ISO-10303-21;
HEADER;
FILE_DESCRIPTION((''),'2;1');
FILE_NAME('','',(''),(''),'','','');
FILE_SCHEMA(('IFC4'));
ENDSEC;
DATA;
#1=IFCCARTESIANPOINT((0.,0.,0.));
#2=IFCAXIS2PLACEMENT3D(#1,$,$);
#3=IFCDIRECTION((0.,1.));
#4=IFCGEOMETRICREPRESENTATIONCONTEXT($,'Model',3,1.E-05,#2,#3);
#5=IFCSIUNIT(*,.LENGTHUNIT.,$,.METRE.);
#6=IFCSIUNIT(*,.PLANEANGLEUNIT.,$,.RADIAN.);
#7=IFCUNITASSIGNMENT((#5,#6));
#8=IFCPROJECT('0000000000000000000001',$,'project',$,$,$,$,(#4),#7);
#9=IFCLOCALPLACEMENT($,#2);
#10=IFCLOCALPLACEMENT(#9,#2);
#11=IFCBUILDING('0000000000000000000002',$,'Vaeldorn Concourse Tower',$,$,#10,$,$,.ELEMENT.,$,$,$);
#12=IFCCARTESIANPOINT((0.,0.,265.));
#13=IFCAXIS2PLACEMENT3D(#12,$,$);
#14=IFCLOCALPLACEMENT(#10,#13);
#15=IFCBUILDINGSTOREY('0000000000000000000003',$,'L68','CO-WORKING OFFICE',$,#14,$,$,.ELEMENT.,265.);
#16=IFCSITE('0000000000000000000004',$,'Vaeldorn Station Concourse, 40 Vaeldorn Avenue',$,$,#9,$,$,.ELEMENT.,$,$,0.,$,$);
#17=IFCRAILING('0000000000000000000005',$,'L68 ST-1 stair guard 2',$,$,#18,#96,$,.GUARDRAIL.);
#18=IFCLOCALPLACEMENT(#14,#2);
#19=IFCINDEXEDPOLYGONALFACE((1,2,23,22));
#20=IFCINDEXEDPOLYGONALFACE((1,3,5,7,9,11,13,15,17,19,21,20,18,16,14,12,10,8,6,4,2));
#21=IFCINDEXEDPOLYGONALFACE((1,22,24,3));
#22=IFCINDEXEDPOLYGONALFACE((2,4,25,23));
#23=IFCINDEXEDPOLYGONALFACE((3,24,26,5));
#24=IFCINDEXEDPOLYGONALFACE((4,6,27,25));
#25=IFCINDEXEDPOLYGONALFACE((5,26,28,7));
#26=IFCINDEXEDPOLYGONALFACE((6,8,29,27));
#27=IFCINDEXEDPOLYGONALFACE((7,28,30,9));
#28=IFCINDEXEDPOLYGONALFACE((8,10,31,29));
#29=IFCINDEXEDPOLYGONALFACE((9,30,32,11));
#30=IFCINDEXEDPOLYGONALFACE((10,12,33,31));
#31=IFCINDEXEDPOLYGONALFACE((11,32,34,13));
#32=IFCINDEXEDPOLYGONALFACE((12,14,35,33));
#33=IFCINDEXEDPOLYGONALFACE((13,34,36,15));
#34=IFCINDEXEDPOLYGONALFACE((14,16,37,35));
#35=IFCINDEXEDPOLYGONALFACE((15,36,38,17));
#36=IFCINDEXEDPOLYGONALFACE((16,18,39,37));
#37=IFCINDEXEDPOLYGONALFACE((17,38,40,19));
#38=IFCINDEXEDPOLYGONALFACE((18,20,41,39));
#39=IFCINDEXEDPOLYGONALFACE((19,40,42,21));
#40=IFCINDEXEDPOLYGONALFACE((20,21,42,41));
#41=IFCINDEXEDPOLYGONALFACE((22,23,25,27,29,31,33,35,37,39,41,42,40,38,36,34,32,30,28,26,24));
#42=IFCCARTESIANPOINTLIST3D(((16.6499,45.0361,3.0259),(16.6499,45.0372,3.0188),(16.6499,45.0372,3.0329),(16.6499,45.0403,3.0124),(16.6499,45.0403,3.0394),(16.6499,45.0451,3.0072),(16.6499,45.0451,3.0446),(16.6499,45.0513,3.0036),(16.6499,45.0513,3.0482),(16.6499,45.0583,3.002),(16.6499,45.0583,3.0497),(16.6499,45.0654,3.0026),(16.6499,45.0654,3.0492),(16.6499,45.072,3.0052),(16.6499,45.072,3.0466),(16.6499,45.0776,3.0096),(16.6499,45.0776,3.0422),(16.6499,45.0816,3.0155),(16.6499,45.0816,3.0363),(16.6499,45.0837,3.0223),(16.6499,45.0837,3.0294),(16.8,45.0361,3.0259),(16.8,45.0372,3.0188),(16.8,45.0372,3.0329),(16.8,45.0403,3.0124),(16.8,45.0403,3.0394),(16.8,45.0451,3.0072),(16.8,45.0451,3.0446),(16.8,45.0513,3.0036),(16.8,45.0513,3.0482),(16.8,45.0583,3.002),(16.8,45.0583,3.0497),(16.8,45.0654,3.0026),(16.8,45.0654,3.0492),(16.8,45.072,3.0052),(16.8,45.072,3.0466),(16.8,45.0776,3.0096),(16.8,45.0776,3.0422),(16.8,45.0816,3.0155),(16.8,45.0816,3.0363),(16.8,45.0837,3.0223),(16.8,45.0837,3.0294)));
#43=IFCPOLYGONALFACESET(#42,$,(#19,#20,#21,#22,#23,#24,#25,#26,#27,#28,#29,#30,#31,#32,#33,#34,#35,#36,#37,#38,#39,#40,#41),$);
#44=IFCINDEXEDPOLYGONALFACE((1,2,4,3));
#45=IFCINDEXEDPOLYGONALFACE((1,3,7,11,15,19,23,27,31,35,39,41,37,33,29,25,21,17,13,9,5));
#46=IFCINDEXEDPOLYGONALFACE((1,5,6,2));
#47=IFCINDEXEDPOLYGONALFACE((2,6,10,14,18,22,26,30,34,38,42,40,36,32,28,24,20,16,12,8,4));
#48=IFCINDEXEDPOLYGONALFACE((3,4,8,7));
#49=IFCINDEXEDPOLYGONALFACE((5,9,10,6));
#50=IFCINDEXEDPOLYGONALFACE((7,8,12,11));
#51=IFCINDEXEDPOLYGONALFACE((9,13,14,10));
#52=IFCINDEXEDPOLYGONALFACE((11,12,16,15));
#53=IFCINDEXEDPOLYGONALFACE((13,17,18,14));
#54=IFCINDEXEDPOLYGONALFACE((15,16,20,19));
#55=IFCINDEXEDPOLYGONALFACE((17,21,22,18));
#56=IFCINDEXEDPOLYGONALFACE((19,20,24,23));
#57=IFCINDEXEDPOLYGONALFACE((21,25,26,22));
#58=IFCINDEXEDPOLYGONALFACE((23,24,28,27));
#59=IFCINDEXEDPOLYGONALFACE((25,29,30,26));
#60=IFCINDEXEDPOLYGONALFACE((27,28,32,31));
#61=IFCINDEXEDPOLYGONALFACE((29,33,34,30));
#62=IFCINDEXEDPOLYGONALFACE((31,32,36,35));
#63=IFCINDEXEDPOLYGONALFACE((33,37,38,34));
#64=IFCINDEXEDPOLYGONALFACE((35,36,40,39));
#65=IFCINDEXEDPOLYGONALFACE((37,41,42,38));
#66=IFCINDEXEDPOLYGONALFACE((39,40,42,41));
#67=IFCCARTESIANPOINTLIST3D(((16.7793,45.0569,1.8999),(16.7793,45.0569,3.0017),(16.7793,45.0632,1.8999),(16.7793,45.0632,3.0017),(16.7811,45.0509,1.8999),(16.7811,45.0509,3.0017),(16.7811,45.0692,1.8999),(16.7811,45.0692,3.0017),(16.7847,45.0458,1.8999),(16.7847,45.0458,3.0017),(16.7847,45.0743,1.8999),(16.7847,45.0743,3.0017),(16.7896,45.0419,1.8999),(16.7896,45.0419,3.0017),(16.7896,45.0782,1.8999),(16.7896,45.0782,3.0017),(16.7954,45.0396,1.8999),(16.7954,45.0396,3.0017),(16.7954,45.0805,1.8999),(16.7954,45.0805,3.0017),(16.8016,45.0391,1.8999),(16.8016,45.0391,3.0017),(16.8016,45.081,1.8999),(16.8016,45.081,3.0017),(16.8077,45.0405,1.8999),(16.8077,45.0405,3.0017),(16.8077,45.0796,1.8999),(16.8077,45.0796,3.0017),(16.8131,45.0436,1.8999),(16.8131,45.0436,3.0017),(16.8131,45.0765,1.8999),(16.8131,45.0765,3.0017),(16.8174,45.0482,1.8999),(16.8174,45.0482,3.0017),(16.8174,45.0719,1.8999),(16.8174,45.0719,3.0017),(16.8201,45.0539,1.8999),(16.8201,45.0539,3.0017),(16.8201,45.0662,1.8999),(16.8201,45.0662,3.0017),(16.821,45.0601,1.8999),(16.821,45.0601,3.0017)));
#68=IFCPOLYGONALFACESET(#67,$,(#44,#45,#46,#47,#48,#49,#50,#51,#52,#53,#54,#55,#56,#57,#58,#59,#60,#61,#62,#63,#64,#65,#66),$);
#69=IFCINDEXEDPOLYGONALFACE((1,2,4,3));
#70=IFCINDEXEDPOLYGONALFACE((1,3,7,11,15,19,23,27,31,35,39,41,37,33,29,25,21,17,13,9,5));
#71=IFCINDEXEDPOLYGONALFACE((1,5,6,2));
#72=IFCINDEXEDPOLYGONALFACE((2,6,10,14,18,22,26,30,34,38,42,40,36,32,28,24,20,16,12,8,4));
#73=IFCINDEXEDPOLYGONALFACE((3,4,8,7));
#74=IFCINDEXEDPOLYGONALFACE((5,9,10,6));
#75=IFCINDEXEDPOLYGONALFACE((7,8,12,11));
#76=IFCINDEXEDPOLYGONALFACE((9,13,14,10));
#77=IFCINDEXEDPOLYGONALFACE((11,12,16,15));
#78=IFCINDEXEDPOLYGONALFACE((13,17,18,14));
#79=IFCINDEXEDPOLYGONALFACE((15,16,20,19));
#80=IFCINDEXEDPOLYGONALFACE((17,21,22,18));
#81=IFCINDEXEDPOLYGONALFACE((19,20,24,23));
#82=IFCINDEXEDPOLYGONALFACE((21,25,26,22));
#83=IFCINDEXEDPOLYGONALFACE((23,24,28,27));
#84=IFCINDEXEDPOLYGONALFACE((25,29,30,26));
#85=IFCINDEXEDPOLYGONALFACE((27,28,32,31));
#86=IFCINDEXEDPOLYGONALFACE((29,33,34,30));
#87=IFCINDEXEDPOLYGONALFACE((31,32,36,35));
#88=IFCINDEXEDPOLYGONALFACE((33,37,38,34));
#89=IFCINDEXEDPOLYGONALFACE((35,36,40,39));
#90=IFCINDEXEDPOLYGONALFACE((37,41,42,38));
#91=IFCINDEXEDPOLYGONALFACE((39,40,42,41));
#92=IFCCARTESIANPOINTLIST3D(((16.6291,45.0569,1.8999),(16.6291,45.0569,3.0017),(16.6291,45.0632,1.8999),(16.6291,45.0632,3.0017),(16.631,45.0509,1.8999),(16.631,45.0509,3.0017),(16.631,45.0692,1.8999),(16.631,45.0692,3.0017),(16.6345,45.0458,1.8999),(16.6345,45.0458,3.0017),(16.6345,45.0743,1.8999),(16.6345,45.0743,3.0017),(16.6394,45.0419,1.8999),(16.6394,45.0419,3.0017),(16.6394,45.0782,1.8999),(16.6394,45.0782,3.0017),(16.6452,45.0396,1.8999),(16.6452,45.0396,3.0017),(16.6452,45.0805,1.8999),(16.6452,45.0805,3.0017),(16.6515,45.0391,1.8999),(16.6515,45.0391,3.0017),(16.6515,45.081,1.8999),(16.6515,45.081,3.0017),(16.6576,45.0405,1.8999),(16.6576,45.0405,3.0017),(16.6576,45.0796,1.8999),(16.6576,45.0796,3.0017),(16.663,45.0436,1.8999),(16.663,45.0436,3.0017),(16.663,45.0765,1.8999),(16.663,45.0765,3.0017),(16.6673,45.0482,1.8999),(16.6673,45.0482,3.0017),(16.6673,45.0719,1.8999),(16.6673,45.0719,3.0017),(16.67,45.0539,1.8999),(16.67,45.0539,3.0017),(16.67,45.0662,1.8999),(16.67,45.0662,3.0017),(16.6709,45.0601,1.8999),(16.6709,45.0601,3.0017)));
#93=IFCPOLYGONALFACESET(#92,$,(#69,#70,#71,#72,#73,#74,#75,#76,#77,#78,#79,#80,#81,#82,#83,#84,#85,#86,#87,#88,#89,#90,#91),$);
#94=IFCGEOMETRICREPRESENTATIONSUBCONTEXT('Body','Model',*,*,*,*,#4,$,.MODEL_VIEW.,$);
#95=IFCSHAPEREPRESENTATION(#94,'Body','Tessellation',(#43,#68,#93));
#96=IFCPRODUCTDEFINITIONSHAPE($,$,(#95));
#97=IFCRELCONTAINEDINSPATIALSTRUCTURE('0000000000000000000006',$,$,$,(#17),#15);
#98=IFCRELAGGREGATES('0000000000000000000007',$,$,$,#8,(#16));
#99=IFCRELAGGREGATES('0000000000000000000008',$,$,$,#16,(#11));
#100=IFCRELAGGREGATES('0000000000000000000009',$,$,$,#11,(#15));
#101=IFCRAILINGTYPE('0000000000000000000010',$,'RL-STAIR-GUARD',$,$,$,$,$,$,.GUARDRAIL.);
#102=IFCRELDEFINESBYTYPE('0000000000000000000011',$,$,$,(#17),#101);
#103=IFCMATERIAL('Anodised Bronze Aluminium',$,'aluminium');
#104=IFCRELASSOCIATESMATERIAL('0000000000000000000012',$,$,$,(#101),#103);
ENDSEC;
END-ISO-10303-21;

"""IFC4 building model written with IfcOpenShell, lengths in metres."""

from ifc_helpers import new_model, si_unit, direction, frame, origin, origin_2d, place, context, subcontext, project, spatial, circle, extrude, material, type_object, element, save


model = new_model("IFC4")

# Units and contexts
model_context = context("Model", 3, precision=1e-05, world=origin(), true_north=direction((0.0, 1.0)))
body_context = subcontext(model_context, "Body", "Model", "MODEL_VIEW")
ifc_project = project(units=[si_unit("LENGTHUNIT", "METRE"), si_unit("PLANEANGLEUNIT", "RADIAN")], contexts=[model_context])

# Site, building, storey
site_placement = place(None, origin())
site = spatial("IfcSite", under=ifc_project, at=site_placement, Name="Vaeldorn Station Concourse, 40 Vaeldorn Avenue", CompositionType="ELEMENT", RefElevation=0.0)
building_placement = place(site_placement, origin())
building = spatial("IfcBuilding", under=site, at=building_placement, Name="Vaeldorn Concourse Tower", CompositionType="ELEMENT")
storey_placement = place(building_placement, frame((0.0, 0.0, 265.0)))
storey = spatial("IfcBuildingStorey", under=building, at=storey_placement, Name="L68", Description="CO-WORKING OFFICE", CompositionType="ELEMENT", Elevation=265.0)

# Shared definitions
ifc_material_1 = material(Name="Anodised Bronze Aluminium", Category="aluminium")

# Railing
railing_type_1 = type_object("IfcRailingType", Name="RL-STAIR-GUARD", PredefinedType="GUARDRAIL", material=ifc_material_1)
railing_1_placement = place(storey_placement, frame((16.8, 45.0601, 1.8999)))
element("IfcRailing", 1, at=railing_1_placement, inside=storey, type_object=railing_type_1, Name="L68 ST-1 stair guard 2", PredefinedType="GUARDRAIL", context=body_context, shape_type="SweptSolid", body=[
    extrude(circle(Radius=0.0239, at=origin_2d()), frame((0.0, 0.0, 1.126), z_axis=(-1.0, 0.0, 0.0), x_axis=(0.0, -1.0, 0.0)), (0.0, 0.0, 1.0), 0.1501),
    extrude(circle(Radius=0.021, at=origin_2d()), origin(), (0.0, 0.0, 1.0), 1.1018),
    extrude(circle(Radius=0.021, at=origin_2d()), frame((-0.1501, 0.0, 0.0)), (0.0, 0.0, 1.0), 1.1018),
])

save(model, "model.ifc")
